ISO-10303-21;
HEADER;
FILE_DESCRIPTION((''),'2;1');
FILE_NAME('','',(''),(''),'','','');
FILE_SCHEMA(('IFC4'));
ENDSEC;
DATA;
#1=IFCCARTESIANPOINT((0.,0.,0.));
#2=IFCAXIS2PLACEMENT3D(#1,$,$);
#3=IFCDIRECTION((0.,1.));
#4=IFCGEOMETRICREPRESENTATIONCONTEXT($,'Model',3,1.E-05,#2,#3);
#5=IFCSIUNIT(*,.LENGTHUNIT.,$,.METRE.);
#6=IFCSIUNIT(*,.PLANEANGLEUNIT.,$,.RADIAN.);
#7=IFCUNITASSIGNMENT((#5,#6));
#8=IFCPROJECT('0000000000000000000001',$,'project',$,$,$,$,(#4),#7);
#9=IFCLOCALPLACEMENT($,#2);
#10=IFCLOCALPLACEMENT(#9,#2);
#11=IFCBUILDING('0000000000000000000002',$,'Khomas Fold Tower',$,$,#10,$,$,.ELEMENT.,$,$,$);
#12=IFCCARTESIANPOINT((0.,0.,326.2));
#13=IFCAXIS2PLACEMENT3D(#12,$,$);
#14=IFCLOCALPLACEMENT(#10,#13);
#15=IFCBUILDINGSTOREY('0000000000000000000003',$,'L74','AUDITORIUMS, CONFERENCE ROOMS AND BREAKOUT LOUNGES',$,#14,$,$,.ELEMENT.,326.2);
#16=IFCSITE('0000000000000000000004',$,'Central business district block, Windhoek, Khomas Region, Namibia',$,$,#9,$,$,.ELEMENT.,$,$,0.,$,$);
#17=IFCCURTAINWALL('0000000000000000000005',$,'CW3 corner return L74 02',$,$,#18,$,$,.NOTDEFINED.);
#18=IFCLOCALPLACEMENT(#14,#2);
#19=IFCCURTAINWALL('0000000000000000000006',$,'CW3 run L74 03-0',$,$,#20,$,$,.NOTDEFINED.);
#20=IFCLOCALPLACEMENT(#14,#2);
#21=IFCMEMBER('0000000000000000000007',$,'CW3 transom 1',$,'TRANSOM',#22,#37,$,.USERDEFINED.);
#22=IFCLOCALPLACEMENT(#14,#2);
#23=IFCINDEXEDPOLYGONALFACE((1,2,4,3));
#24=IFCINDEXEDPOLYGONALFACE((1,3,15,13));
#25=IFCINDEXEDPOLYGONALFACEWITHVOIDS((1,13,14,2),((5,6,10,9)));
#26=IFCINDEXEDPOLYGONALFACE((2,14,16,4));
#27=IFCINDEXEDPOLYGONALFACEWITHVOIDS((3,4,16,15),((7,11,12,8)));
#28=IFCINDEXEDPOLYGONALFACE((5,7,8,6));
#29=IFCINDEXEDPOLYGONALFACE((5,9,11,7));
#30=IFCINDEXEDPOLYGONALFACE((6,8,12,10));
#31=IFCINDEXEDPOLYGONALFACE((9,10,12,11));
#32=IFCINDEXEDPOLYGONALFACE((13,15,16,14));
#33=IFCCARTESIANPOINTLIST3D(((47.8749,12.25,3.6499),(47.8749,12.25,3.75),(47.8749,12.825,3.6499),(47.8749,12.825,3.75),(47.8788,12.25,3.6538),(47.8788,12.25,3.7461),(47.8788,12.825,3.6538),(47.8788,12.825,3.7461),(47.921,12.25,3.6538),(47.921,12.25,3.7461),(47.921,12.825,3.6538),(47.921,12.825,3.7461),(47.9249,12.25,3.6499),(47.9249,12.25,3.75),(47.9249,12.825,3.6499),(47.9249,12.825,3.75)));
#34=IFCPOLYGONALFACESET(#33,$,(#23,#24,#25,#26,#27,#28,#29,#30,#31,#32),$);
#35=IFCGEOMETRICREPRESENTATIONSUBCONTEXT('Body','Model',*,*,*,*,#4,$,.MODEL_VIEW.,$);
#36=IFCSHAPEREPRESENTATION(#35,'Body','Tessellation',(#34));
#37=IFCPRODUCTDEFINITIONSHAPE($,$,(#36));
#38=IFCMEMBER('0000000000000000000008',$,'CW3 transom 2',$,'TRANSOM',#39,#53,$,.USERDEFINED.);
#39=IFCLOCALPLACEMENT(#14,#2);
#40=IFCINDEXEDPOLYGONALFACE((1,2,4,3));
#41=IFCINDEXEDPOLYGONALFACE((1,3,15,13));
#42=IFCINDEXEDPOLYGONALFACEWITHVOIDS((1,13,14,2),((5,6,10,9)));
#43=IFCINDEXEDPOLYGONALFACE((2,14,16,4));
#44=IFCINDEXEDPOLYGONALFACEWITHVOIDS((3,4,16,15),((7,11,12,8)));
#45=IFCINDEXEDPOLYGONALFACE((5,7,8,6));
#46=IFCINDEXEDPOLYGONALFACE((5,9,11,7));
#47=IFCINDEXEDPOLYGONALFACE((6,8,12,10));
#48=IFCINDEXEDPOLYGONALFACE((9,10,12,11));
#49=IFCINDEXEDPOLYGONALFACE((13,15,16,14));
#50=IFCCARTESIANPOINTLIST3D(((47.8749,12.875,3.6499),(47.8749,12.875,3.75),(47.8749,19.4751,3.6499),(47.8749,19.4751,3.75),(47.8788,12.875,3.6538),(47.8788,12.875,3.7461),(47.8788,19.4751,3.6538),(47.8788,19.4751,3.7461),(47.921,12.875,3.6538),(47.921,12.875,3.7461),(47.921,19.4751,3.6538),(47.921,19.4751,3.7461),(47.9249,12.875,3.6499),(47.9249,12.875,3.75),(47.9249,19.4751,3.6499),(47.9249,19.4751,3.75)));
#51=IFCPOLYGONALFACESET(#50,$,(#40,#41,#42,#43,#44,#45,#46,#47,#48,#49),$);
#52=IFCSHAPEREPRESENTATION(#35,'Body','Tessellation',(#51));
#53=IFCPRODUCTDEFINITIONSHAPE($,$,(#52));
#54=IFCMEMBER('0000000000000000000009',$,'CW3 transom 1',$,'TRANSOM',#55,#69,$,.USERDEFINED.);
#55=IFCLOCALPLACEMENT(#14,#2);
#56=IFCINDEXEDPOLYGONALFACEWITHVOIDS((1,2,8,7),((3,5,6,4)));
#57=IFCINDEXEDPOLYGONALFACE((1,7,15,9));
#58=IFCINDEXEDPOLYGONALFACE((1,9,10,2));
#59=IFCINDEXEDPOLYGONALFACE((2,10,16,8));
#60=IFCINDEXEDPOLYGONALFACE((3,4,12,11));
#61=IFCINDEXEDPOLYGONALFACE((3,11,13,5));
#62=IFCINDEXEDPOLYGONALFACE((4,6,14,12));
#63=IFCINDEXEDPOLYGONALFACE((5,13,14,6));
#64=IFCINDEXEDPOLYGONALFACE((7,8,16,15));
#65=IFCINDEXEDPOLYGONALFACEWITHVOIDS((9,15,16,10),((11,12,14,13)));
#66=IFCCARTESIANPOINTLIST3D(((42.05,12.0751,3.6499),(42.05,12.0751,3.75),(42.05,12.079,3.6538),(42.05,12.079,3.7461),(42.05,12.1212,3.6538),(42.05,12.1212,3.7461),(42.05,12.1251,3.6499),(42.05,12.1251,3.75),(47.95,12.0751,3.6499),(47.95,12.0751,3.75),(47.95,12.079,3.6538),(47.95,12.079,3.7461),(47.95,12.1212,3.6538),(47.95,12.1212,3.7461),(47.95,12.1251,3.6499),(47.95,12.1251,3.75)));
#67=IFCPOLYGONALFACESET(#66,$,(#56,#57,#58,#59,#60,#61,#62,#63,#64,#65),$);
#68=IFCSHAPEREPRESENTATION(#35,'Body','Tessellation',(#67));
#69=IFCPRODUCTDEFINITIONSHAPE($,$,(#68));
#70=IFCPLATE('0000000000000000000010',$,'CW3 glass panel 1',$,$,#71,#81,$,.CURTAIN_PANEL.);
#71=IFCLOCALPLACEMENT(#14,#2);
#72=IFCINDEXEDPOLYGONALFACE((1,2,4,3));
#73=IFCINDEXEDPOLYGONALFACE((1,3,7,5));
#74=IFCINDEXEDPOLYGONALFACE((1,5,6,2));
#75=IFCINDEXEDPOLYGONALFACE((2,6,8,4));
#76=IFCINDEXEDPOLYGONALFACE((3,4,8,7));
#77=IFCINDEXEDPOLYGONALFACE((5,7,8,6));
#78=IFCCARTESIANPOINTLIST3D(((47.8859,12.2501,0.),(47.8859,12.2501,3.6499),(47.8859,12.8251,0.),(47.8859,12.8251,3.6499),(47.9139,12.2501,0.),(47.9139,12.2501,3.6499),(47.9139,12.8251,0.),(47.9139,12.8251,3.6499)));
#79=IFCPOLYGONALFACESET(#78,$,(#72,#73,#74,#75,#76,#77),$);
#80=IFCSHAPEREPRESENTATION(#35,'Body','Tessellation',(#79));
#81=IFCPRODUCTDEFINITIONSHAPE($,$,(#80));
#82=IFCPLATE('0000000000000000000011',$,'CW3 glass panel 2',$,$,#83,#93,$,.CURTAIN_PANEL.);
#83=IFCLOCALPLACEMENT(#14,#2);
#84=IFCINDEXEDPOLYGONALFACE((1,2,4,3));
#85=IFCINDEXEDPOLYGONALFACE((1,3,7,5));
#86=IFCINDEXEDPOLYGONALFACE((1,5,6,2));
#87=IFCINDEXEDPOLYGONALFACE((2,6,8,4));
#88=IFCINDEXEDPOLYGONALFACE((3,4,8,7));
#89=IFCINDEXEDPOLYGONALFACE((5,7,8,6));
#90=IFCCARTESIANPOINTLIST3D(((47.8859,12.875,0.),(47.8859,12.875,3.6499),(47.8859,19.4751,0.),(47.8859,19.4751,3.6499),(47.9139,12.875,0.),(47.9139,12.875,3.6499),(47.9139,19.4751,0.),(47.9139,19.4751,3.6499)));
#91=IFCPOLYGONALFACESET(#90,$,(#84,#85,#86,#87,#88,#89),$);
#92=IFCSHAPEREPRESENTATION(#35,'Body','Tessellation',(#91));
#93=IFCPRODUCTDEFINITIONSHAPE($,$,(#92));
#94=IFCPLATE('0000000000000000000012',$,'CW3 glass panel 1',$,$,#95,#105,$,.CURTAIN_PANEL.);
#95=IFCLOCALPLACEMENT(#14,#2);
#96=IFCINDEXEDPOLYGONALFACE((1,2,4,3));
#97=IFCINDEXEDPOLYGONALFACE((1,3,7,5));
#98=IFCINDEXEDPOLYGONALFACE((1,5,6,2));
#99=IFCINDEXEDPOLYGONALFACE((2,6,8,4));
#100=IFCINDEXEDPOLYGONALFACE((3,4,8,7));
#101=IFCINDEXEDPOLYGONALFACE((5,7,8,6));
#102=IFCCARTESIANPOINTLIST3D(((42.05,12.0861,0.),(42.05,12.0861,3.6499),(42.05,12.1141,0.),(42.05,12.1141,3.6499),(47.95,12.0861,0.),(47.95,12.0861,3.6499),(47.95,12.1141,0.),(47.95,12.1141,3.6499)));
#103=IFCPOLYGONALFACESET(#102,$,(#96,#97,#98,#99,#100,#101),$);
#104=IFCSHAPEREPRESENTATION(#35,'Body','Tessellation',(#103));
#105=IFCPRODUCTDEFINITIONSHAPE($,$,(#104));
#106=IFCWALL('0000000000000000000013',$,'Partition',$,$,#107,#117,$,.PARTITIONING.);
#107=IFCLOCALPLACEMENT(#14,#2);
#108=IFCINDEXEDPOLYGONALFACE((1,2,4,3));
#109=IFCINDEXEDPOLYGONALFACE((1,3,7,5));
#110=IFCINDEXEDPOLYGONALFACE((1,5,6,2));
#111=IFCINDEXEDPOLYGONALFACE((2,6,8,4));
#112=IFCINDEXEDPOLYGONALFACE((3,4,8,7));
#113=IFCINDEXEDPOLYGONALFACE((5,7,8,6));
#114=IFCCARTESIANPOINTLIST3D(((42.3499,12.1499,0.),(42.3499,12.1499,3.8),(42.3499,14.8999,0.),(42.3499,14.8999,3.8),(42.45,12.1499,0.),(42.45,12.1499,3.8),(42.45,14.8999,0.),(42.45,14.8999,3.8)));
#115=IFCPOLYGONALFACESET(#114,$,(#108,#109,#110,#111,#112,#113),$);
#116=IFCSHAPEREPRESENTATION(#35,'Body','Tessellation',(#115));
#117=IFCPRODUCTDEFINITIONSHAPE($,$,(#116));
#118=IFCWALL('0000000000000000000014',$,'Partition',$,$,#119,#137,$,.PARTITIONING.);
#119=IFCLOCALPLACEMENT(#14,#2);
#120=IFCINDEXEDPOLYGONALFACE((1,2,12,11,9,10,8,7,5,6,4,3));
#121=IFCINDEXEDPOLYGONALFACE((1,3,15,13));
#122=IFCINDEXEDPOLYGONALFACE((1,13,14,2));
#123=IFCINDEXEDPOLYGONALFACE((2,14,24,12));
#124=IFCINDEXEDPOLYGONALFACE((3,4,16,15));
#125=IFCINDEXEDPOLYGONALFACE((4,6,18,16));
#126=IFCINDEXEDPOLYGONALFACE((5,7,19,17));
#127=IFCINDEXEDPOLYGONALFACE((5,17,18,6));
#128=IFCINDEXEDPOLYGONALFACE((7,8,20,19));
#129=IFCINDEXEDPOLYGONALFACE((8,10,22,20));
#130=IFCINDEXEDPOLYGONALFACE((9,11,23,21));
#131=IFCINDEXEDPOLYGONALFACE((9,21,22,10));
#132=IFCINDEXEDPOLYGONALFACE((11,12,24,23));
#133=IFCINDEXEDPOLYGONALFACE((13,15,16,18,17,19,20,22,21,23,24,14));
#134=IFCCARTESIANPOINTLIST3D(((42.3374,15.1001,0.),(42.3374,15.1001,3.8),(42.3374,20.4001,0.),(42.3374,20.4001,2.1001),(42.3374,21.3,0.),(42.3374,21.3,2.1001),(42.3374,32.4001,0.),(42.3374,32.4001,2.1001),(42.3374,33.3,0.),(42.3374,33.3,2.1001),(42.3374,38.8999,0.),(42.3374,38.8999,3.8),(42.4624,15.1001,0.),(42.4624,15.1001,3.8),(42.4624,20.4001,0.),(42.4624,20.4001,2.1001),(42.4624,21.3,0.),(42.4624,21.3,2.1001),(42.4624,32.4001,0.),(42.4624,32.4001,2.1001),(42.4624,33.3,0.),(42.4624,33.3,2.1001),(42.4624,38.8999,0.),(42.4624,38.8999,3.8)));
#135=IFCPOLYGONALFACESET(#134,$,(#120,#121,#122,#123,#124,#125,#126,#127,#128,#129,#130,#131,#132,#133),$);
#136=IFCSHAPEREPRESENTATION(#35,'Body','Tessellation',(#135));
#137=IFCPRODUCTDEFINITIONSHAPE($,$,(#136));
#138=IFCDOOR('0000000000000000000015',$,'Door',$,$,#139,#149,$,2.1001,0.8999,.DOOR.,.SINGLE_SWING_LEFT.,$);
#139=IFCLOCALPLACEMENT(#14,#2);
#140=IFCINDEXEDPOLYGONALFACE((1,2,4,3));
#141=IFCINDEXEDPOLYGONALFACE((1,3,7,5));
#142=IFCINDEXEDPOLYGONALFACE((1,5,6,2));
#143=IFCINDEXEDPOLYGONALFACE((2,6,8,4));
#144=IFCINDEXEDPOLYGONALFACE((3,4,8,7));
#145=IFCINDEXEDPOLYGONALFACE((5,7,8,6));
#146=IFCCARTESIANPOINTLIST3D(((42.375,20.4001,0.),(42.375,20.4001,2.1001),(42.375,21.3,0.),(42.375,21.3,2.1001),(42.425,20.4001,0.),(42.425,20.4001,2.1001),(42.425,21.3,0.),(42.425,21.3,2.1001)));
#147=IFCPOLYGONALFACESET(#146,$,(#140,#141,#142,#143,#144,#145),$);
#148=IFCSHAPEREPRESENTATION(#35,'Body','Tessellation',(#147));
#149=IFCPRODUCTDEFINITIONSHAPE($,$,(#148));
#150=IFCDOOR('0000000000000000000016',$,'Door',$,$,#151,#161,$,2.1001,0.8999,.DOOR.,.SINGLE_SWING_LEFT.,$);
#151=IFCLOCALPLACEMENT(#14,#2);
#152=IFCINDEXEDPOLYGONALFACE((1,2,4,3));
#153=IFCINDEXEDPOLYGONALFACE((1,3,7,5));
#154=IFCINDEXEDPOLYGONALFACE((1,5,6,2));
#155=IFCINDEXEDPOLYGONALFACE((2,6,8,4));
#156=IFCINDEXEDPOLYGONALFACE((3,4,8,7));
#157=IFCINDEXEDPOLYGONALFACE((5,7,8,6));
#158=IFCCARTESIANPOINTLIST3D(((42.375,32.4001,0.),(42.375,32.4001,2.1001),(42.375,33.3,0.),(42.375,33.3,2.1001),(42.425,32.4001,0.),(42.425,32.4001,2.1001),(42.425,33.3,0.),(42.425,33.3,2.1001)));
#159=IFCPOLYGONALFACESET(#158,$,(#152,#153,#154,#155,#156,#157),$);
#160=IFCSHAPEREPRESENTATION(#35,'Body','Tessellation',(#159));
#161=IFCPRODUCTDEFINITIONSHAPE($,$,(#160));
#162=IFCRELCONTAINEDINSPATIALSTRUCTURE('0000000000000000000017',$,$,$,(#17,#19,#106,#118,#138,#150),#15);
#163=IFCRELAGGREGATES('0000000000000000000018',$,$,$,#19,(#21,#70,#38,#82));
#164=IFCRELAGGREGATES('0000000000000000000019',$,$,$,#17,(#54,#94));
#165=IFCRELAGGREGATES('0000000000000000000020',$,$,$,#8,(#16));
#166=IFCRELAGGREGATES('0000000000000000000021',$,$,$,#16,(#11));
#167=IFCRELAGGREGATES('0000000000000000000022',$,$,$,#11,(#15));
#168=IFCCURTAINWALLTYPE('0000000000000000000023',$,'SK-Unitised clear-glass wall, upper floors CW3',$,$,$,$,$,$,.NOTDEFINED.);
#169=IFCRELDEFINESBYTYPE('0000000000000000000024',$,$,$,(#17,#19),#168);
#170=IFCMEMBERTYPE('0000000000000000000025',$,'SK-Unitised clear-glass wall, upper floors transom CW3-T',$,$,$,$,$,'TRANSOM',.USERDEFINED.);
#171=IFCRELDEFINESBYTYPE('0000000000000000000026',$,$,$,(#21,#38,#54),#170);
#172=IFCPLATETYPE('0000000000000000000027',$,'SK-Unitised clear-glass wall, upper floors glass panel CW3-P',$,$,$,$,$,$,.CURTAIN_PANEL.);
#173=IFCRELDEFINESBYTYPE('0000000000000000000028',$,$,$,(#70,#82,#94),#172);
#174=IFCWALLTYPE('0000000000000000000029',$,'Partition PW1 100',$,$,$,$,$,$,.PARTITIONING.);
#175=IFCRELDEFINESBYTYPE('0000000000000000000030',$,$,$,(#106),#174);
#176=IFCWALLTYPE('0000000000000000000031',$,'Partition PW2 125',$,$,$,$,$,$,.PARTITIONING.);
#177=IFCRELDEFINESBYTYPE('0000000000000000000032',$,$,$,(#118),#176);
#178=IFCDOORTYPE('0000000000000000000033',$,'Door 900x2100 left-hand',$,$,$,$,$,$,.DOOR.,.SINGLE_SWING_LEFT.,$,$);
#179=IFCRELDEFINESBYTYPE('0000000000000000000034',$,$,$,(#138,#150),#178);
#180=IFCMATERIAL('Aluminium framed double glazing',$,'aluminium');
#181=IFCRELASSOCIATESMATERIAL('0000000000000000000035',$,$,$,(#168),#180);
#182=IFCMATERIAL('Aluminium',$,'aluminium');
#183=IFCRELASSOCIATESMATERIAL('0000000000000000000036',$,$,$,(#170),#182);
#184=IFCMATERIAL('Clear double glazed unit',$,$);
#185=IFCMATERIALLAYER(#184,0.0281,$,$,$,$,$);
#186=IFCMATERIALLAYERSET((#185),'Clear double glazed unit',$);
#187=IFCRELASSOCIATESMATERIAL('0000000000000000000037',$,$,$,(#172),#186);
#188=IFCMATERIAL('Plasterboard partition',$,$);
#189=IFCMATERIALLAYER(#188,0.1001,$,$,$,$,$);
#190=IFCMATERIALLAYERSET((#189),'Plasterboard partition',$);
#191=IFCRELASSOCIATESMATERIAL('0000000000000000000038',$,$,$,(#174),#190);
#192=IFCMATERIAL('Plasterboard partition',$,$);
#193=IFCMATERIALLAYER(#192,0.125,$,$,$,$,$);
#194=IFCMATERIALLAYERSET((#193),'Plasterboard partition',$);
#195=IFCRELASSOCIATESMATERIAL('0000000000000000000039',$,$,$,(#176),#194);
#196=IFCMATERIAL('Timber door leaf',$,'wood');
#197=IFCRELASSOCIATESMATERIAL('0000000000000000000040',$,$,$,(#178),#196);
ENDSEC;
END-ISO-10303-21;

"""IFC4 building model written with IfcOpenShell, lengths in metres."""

from ifc_helpers import new_model, si_unit, direction, frame, frame_2d, origin, origin_2d, place, context, subcontext, project, spatial, rectangle, hollow_rectangle, extrude, source, transform, mapped, material, layer, layer_set, material_profile, profile_set, type_object, element, fill, aggregate, save


model = new_model("IFC4")

# Units and contexts
model_context = context("Model", 3, precision=1e-05, world=origin(), true_north=direction((0.0, 1.0)))
body_context = subcontext(model_context, "Body", "Model", "MODEL_VIEW")
ifc_project = project(units=[si_unit("LENGTHUNIT", "METRE"), si_unit("PLANEANGLEUNIT", "RADIAN")], contexts=[model_context])

# Site, building, storey
site_placement = place(None, origin())
site = spatial("IfcSite", under=ifc_project, at=site_placement, Name="Central business district block, Windhoek, Khomas Region, Namibia", CompositionType="ELEMENT", RefElevation=0.0)
building_placement = place(site_placement, origin())
building = spatial("IfcBuilding", under=site, at=building_placement, Name="Khomas Fold Tower", CompositionType="ELEMENT")
storey_placement = place(building_placement, frame((0.0, 0.0, 326.2)))
storey = spatial("IfcBuildingStorey", under=building, at=storey_placement, Name="L74", Description="AUDITORIUMS, CONFERENCE ROOMS AND BREAKOUT LOUNGES", CompositionType="ELEMENT", Elevation=326.2)

# Shared definitions
ifc_material_1 = material(Name="Aluminium framed double glazing", Category="aluminium")
curtain_wall_type = type_object("IfcCurtainWallType", Name="SK-Unitised clear-glass wall, upper floors CW3", PredefinedType="NOTDEFINED", material=ifc_material_1)

# Curtain walls, members
curtain_wall_1_placement = place(storey_placement, origin())
curtain_wall_1 = element("IfcCurtainWall", 1, at=curtain_wall_1_placement, inside=storey, type_object=curtain_wall_type, Name="CW3 corner return L74 02", PredefinedType="NOTDEFINED")
curtain_wall_2_placement = place(storey_placement, origin())
curtain_wall_2 = element("IfcCurtainWall", 2, at=curtain_wall_2_placement, inside=storey, type_object=curtain_wall_type, Name="CW3 run L74 03-0", PredefinedType="NOTDEFINED")
ifc_material_2 = material(Name="Aluminium", Category="aluminium")
ifc_material_profile_1 = material_profile(ifc_material_2, hollow_rectangle(XDim=0.05, YDim=0.1001, WallThickness=0.0039, at=origin_2d()), Name="SK-Unitised clear-glass wall, upper floors transom CW3-T")
ifc_profile_set_1 = profile_set([ifc_material_profile_1], Name="Aluminium")
member_type_1 = type_object("IfcMemberType", Name="SK-Unitised clear-glass wall, upper floors transom CW3-T", ElementType="TRANSOM", PredefinedType="USERDEFINED", material=ifc_profile_set_1)
shared_shape_1 = source(origin(), body_context, "Body", "SweptSolid", [
    extrude(hollow_rectangle(XDim=0.05, YDim=0.1001, WallThickness=0.0039, at=origin_2d()), origin(), (0.0, 0.0, 1.0), 0.575),
])
member_1_placement = place(storey_placement, frame((47.8999, 12.25, 3.7), z_axis=(0.0, 1.0, 0.0), x_axis=(-1.0, 0.0, 0.0)))
member_1 = element("IfcMember", 3, at=member_1_placement, type_object=member_type_1, Name="CW3 transom 1", ObjectType="TRANSOM", PredefinedType="USERDEFINED", context=body_context, shape_type="MappedRepresentation", body=[
    mapped(shared_shape_1, transform((0.0, 0.0, 0.0))),
])
shared_shape_2 = source(origin(), body_context, "Body", "SweptSolid", [
    extrude(hollow_rectangle(XDim=0.05, YDim=0.1001, WallThickness=0.0039, at=origin_2d()), origin(), (0.0, 0.0, 1.0), 6.6001),
])
member_2_placement = place(storey_placement, frame((47.8999, 12.875, 3.7), z_axis=(0.0, 1.0, 0.0), x_axis=(-1.0, 0.0, 0.0)))
member_2 = element("IfcMember", 4, at=member_2_placement, type_object=member_type_1, Name="CW3 transom 2", ObjectType="TRANSOM", PredefinedType="USERDEFINED", context=body_context, shape_type="MappedRepresentation", body=[
    mapped(shared_shape_2, transform((0.0, 0.0, 0.0))),
])

# Member
shared_shape_3 = source(origin(), body_context, "Body", "SweptSolid", [
    extrude(hollow_rectangle(XDim=0.05, YDim=0.1001, WallThickness=0.0039, at=origin_2d()), origin(), (0.0, 0.0, 1.0), 5.8999),
])
member_3_placement = place(storey_placement, frame((42.05, 12.1001, 3.7), z_axis=(1.0, 0.0, 0.0), x_axis=(0.0, 1.0, 0.0)))
member_3 = element("IfcMember", 5, at=member_3_placement, type_object=member_type_1, Name="CW3 transom 1", ObjectType="TRANSOM", PredefinedType="USERDEFINED", context=body_context, shape_type="MappedRepresentation", body=[
    mapped(shared_shape_3, transform((0.0, 0.0, 0.0))),
])

# Plates
ifc_material_3 = material(Name="Clear double glazed unit")
ifc_layer_1 = layer(ifc_material_3, 0.0281)
ifc_layer_set_1 = layer_set([ifc_layer_1], Name="Clear double glazed unit")
plate_type = type_object("IfcPlateType", Name="SK-Unitised clear-glass wall, upper floors glass panel CW3-P", PredefinedType="CURTAIN_PANEL", material=ifc_layer_set_1)
shared_shape_4 = source(origin(), body_context, "Body", "SweptSolid", [
    extrude(rectangle(XDim=0.575, YDim=0.0281, at=origin_2d()), origin(), (0.0, 0.0, 1.0), 3.6499),
])
plate_1_placement = place(storey_placement, frame((47.8999, 12.5376, 0.0), z_axis=(0.0, 0.0, 1.0), x_axis=(0.0, 1.0, 0.0)))
plate_1 = element("IfcPlate", 6, at=plate_1_placement, type_object=plate_type, Name="CW3 glass panel 1", PredefinedType="CURTAIN_PANEL", context=body_context, shape_type="MappedRepresentation", body=[
    mapped(shared_shape_4, transform((0.0, 0.0, 0.0))),
])
shared_shape_5 = source(origin(), body_context, "Body", "SweptSolid", [
    extrude(rectangle(XDim=6.6001, YDim=0.0281, at=origin_2d()), origin(), (0.0, 0.0, 1.0), 3.6499),
])
plate_2_placement = place(storey_placement, frame((47.8999, 16.175, 0.0), z_axis=(0.0, 0.0, 1.0), x_axis=(0.0, 1.0, 0.0)))
plate_2 = element("IfcPlate", 7, at=plate_2_placement, type_object=plate_type, Name="CW3 glass panel 2", PredefinedType="CURTAIN_PANEL", context=body_context, shape_type="MappedRepresentation", body=[
    mapped(shared_shape_5, transform((0.0, 0.0, 0.0))),
])
aggregate(curtain_wall_2, [member_1, plate_1, member_2, plate_2])
shared_shape_6 = source(origin(), body_context, "Body", "SweptSolid", [
    extrude(rectangle(XDim=5.8999, YDim=0.0281, at=origin_2d()), origin(), (0.0, 0.0, 1.0), 3.6499),
])
plate_3_placement = place(storey_placement, frame((45.0, 12.1001, 0.0), z_axis=(0.0, 0.0, 1.0), x_axis=(1.0, 0.0, 0.0)))
plate_3 = element("IfcPlate", 8, at=plate_3_placement, type_object=plate_type, Name="CW3 glass panel 1", PredefinedType="CURTAIN_PANEL", context=body_context, shape_type="MappedRepresentation", body=[
    mapped(shared_shape_6, transform((0.0, 0.0, 0.0))),
])
aggregate(curtain_wall_1, [member_3, plate_3])

# Wall
ifc_material_4 = material(Name="Plasterboard partition")
ifc_layer_2 = layer(ifc_material_4, 0.1001)
ifc_layer_set_2 = layer_set([ifc_layer_2], Name="Plasterboard partition")
wall_type_1 = type_object("IfcWallType", Name="Partition PW1 100", PredefinedType="PARTITIONING", material=ifc_layer_set_2)
shared_shape_7 = source(origin(), body_context, "Body", "SweptSolid", [
    extrude(rectangle(XDim=2.75, YDim=0.1001, at=frame_2d((1.375, 0.0))), origin(), (0.0, 0.0, 1.0), 3.8),
])
wall_1_placement = place(storey_placement, frame((42.3999, 12.1499, 0.0), z_axis=(0.0, 0.0, 1.0), x_axis=(0.0, 1.0, 0.0)))
element("IfcWall", 9, at=wall_1_placement, inside=storey, type_object=wall_type_1, Name="Partition", PredefinedType="PARTITIONING", context=body_context, shape_type="MappedRepresentation", body=[
    mapped(shared_shape_7, transform((0.0, 0.0, 0.0))),
])

# Wall, openings, doors
ifc_material_5 = material(Name="Plasterboard partition")
ifc_layer_3 = layer(ifc_material_5, 0.125)
ifc_layer_set_3 = layer_set([ifc_layer_3], Name="Plasterboard partition")
wall_type_2 = type_object("IfcWallType", Name="Partition PW2 125", PredefinedType="PARTITIONING", material=ifc_layer_set_3)
shared_shape_8 = source(origin(), body_context, "Body", "SweptSolid", [
    extrude(rectangle(XDim=23.7998, YDim=0.125, at=frame_2d((11.8999, 0.0))), origin(), (0.0, 0.0, 1.0), 3.8),
])
wall_2_placement = place(storey_placement, frame((42.3999, 15.1001, 0.0), z_axis=(0.0, 0.0, 1.0), x_axis=(0.0, 1.0, 0.0)))
wall_2 = element("IfcWall", 10, at=wall_2_placement, inside=storey, type_object=wall_type_2, Name="Partition", PredefinedType="PARTITIONING", context=body_context, shape_type="MappedRepresentation", body=[
    mapped(shared_shape_8, transform((0.0, 0.0, 0.0))),
])
shared_shape_9 = source(origin(), body_context, "Body", "SweptSolid", [
    extrude(rectangle(XDim=0.8999, YDim=2.1001, at=frame_2d((0.45, 1.05))), frame((0.0, 0.0725, 0.0), z_axis=(0.0, -1.0, 0.0), x_axis=(1.0, 0.0, 0.0)), (0.0, 0.0, 1.0), 0.145),
])
opening_1_placement = place(wall_2_placement, frame((5.3, 0.0, 0.0)))
opening_1 = element("IfcOpeningElement", 11, at=opening_1_placement, cuts=wall_2, PredefinedType="OPENING", context=body_context, shape_type="MappedRepresentation", body=[
    mapped(shared_shape_9, transform((0.0, 0.0, 0.0))),
])
opening_2_placement = place(wall_2_placement, frame((17.3, 0.0, 0.0)))
opening_2 = element("IfcOpeningElement", 12, at=opening_2_placement, cuts=wall_2, PredefinedType="OPENING", context=body_context, shape_type="MappedRepresentation", body=[
    mapped(shared_shape_9, transform((0.0, 0.0, 0.0))),
])
ifc_material_6 = material(Name="Timber door leaf", Category="wood")
door_type = type_object("IfcDoorType", Name="Door 900x2100 left-hand", OperationType="SINGLE_SWING_LEFT", PredefinedType="DOOR", material=ifc_material_6)
shared_shape_10 = source(origin(), body_context, "Body", "SweptSolid", [
    extrude(rectangle(XDim=0.8999, YDim=2.1001, at=frame_2d((0.45, 1.05))), frame((0.0, 0.0249, 0.0), z_axis=(0.0, -1.0, 0.0), x_axis=(1.0, 0.0, 0.0)), (0.0, 0.0, 1.0), 0.05),
])
door_1_placement = place(opening_1_placement, origin())
door_1 = element("IfcDoor", 13, at=door_1_placement, inside=storey, type_object=door_type, Name="Door", OperationType="SINGLE_SWING_LEFT", OverallHeight=2.1001, OverallWidth=0.8999, PredefinedType="DOOR", context=body_context, shape_type="MappedRepresentation", body=[
    mapped(shared_shape_10, transform((0.0, 0.0, 0.0))),
])
fill(opening_1, door_1)
door_2_placement = place(opening_2_placement, origin())
door_2 = element("IfcDoor", 14, at=door_2_placement, inside=storey, type_object=door_type, Name="Door", OperationType="SINGLE_SWING_LEFT", OverallHeight=2.1001, OverallWidth=0.8999, PredefinedType="DOOR", context=body_context, shape_type="MappedRepresentation", body=[
    mapped(shared_shape_10, transform((0.0, 0.0, 0.0))),
])
fill(opening_2, door_2)

save(model, "model.ifc")
